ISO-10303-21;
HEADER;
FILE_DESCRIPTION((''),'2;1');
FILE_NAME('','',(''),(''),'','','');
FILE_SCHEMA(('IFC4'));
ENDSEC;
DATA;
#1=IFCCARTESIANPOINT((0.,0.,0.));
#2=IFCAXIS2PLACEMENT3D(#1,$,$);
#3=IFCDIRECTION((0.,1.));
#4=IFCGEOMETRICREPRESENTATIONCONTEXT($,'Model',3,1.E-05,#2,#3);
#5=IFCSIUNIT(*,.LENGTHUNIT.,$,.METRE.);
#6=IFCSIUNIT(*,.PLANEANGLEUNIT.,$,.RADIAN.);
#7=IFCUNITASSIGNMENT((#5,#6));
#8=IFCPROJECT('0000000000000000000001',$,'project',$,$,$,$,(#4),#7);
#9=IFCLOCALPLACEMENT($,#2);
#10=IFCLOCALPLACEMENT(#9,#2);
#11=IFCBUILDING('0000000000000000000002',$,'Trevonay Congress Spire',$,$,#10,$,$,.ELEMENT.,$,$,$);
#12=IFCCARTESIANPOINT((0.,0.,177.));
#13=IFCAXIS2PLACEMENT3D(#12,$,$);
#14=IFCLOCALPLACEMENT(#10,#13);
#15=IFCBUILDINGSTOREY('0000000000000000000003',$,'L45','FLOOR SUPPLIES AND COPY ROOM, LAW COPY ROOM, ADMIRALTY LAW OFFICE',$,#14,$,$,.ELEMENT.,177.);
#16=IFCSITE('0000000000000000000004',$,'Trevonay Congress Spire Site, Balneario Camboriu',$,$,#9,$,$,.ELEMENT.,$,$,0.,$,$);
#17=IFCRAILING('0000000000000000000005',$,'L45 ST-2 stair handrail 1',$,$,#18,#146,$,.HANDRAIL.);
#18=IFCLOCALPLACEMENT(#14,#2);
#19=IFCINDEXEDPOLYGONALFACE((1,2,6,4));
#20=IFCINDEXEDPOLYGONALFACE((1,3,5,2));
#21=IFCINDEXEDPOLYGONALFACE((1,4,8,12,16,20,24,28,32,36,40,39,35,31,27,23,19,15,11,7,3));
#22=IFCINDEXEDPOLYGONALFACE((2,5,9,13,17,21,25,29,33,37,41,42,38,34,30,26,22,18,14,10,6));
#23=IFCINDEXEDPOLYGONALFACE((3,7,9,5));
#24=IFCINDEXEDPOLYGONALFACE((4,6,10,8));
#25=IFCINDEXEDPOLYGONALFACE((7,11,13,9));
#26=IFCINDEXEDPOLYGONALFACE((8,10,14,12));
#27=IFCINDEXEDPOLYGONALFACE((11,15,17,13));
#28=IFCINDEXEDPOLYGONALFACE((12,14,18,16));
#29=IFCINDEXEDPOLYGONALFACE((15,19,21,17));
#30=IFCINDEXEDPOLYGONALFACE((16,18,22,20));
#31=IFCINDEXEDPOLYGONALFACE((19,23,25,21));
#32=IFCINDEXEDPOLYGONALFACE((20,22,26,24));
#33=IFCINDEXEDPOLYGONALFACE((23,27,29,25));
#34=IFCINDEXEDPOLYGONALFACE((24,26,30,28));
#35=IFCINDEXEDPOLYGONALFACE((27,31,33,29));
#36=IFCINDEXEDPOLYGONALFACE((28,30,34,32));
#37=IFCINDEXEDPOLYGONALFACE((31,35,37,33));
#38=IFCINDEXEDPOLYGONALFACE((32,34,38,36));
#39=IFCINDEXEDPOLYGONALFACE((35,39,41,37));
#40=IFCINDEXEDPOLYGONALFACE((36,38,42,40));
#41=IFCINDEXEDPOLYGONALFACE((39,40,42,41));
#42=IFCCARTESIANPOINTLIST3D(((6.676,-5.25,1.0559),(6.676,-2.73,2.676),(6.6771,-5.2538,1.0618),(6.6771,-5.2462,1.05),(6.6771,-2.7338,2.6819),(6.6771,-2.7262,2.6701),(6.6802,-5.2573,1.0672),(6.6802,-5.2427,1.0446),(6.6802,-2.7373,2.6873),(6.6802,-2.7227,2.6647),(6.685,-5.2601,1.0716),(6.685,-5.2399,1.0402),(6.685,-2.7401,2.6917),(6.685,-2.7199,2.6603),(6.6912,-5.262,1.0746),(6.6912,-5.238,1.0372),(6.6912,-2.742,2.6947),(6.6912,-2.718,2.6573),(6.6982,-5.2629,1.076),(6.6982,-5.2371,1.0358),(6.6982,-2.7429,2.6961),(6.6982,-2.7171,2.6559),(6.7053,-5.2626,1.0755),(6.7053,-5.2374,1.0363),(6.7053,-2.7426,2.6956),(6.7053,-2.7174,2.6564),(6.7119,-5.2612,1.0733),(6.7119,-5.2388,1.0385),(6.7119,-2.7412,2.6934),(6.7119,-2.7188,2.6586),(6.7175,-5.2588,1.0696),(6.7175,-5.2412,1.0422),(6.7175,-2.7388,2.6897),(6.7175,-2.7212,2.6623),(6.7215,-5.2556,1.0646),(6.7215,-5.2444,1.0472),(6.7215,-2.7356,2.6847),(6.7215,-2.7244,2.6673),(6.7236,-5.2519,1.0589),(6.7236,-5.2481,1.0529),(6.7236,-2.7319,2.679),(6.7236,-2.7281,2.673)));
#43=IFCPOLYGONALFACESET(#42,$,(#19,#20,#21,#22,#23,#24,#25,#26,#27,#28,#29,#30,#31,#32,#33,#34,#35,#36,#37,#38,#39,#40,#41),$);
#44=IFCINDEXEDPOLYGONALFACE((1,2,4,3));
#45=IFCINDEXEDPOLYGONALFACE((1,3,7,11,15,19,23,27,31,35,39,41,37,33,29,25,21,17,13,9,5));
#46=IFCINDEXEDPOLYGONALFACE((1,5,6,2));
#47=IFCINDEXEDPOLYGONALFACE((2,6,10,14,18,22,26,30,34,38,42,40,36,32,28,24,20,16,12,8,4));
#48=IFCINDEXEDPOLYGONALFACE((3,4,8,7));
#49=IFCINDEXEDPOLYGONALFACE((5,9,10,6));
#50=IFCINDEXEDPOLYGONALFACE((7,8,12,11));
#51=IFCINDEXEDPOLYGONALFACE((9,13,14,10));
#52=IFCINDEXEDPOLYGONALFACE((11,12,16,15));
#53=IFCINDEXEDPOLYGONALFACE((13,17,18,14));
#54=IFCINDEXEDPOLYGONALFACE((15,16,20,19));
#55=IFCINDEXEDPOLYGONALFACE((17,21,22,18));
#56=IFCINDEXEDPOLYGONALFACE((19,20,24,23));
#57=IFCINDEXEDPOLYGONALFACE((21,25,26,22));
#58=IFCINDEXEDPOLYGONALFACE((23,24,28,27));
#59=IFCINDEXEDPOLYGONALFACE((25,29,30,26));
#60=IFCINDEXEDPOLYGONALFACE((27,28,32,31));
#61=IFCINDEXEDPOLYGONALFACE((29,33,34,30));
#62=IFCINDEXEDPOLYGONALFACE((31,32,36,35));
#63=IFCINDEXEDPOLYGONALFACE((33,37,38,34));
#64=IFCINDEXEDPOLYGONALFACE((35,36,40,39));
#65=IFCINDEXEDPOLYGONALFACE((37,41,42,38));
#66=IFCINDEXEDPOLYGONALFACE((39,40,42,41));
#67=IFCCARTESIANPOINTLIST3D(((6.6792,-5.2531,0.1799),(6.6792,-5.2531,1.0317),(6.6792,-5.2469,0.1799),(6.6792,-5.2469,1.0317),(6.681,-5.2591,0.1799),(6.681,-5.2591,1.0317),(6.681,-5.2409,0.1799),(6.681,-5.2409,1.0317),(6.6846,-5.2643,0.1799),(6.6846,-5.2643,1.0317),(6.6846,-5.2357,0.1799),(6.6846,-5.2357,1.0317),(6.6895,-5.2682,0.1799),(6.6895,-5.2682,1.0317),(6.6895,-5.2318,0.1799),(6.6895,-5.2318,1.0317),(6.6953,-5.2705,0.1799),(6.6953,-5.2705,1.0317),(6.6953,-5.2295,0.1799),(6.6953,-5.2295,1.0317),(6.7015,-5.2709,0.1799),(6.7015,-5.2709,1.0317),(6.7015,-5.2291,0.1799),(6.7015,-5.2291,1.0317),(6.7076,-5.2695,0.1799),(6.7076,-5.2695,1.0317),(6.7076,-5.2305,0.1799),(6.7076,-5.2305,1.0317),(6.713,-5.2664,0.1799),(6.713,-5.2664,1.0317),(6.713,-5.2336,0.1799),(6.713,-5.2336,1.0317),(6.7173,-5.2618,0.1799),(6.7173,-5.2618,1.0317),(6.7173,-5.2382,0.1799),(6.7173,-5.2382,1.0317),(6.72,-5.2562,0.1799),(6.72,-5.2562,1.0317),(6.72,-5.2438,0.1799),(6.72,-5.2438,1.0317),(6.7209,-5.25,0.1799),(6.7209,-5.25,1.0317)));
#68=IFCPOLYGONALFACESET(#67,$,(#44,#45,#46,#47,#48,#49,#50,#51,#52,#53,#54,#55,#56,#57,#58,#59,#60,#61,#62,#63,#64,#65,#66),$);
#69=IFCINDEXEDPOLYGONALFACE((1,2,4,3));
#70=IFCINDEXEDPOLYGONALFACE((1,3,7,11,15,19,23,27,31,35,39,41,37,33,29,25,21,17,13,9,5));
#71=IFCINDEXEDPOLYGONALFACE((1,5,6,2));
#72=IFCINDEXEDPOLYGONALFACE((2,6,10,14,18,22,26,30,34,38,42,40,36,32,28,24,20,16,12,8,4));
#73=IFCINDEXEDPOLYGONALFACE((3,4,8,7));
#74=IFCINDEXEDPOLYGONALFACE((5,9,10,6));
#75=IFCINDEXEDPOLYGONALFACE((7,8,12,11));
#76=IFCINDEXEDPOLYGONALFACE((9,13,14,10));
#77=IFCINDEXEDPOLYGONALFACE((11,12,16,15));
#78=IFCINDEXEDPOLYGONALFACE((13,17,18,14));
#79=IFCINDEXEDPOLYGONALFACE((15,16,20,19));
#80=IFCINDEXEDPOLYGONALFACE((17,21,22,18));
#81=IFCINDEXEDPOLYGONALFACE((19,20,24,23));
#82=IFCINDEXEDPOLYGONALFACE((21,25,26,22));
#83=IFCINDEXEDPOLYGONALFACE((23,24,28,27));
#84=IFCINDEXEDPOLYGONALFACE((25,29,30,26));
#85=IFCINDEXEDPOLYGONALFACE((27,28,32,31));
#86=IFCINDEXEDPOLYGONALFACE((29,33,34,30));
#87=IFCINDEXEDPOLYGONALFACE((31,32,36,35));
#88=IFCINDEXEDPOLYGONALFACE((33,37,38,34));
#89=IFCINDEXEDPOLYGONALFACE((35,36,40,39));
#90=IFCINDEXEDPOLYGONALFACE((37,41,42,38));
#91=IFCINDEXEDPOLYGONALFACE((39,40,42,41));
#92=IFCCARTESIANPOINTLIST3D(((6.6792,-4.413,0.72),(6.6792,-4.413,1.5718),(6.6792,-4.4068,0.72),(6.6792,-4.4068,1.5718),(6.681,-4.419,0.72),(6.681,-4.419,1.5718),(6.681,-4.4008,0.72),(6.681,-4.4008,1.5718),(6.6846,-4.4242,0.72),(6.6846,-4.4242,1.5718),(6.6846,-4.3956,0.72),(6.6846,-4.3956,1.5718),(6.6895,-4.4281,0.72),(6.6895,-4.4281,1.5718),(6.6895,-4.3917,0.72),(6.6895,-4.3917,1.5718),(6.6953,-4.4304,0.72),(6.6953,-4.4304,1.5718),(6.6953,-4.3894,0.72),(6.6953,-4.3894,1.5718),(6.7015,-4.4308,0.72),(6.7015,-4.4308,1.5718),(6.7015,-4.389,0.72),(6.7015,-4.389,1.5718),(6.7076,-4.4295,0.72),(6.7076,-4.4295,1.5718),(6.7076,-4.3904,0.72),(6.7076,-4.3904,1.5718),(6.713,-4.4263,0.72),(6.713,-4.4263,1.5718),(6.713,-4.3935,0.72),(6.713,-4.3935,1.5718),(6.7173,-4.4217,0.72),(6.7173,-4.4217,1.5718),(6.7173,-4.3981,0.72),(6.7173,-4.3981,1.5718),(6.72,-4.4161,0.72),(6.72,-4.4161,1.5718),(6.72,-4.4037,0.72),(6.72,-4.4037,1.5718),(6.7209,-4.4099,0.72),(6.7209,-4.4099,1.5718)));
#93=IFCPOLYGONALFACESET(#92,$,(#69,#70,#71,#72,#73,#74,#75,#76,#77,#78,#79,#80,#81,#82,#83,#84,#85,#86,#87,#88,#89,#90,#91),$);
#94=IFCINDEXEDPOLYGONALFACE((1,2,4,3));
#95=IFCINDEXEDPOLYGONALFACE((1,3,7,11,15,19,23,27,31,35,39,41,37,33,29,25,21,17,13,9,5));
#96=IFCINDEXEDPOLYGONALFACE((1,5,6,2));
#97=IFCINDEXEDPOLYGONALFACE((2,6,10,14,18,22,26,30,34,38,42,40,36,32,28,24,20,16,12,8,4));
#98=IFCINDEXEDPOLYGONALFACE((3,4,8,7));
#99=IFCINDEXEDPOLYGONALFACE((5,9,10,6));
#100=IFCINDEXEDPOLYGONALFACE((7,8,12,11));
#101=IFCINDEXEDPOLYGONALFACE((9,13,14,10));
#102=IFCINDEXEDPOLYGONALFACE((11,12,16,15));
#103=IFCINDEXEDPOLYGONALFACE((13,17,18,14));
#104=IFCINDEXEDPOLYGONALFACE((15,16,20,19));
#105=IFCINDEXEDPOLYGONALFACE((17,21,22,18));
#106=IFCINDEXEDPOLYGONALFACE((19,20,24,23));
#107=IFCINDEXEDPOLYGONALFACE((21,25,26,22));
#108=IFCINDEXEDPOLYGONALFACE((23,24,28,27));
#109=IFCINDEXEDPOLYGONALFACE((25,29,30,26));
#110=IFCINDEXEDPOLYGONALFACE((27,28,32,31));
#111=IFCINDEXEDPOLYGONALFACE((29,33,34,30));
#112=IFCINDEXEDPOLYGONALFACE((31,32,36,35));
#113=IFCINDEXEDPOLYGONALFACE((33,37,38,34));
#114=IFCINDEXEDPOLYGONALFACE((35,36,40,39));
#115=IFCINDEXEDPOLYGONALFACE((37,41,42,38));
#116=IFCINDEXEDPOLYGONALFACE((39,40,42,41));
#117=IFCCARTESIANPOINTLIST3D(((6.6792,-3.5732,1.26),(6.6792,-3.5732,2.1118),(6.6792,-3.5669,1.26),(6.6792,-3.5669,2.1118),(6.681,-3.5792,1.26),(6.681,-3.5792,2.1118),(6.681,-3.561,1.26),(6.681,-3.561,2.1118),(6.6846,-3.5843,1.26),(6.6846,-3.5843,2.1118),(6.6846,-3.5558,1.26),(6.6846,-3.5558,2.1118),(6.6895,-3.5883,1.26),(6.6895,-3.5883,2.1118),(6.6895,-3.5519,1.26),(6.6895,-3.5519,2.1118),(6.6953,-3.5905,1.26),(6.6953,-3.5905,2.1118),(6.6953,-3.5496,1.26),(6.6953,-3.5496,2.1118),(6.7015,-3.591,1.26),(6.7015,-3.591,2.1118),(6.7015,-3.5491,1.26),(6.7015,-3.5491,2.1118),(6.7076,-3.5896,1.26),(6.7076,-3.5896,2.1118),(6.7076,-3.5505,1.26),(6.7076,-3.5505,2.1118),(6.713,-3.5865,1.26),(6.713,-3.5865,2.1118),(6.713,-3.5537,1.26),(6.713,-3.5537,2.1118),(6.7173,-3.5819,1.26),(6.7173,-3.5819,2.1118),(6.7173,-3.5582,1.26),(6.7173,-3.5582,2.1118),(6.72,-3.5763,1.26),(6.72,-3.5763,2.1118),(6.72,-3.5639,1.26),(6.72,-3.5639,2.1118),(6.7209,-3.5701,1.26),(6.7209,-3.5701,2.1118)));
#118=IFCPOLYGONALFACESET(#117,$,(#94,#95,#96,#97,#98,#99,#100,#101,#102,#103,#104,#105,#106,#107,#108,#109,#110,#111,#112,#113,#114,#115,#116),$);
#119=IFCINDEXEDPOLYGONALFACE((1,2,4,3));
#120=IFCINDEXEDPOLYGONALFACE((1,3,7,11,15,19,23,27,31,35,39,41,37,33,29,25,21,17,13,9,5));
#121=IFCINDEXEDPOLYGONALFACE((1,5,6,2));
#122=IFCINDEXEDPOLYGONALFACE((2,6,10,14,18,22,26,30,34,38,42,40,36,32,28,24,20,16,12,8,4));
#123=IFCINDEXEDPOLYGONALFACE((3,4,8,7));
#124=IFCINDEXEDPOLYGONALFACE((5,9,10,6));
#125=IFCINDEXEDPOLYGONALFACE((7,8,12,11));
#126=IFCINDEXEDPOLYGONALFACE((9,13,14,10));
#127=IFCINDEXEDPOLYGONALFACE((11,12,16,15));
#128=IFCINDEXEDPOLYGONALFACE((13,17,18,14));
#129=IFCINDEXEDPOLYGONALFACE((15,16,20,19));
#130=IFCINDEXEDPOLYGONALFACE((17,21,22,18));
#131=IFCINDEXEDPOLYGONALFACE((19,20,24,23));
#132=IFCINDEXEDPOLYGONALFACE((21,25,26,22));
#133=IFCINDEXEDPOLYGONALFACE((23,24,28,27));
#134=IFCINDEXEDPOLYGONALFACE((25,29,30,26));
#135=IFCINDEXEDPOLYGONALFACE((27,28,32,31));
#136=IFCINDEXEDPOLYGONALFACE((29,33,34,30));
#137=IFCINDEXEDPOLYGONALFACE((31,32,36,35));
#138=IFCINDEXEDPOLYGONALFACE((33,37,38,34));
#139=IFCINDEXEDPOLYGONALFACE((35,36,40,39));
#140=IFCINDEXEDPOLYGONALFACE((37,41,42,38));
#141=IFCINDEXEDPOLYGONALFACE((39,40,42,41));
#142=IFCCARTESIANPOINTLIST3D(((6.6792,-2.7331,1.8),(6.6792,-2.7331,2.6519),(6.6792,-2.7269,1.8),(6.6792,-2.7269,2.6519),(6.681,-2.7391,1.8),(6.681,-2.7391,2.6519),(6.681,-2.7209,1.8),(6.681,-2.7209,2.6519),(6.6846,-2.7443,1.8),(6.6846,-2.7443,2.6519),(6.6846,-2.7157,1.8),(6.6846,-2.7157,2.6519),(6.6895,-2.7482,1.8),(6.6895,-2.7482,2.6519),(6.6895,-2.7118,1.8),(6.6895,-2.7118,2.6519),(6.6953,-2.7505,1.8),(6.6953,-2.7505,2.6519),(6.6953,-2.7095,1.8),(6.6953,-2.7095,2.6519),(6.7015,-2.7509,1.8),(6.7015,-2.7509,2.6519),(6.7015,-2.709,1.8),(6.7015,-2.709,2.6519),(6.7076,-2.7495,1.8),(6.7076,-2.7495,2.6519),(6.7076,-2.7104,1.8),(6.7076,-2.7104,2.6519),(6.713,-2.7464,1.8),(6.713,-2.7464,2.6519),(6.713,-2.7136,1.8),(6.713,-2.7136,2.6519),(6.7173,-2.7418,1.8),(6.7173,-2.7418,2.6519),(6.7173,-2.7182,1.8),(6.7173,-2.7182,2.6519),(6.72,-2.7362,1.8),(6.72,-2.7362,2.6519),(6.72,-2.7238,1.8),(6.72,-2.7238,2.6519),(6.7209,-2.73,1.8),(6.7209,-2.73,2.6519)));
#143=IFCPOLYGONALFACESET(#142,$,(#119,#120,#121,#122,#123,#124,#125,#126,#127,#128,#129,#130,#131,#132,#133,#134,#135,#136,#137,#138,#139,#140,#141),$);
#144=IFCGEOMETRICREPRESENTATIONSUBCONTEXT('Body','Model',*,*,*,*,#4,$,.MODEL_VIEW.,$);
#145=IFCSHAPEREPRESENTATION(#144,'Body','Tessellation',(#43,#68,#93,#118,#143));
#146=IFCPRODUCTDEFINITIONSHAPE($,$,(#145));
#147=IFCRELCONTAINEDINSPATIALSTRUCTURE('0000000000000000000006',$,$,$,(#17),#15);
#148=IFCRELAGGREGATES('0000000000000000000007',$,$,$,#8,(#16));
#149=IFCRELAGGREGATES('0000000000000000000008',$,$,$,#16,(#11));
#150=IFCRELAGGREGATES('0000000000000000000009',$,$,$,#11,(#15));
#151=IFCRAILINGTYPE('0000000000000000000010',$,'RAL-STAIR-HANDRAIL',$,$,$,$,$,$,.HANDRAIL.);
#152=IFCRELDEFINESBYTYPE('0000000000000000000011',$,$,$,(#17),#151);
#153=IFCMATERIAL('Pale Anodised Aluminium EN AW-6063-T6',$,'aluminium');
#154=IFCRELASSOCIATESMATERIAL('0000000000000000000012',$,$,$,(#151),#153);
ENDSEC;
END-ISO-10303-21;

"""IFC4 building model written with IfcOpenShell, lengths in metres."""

from ifc_helpers import new_model, si_unit, direction, frame, origin, origin_2d, place, context, subcontext, project, spatial, circle, extrude, material, type_object, element, save


model = new_model("IFC4")

# Units and contexts
model_context = context("Model", 3, precision=1e-05, world=origin(), true_north=direction((0.0, 1.0)))
body_context = subcontext(model_context, "Body", "Model", "MODEL_VIEW")
ifc_project = project(units=[si_unit("LENGTHUNIT", "METRE"), si_unit("PLANEANGLEUNIT", "RADIAN")], contexts=[model_context])

# Site, building, storey
site_placement = place(None, origin())
site = spatial("IfcSite", under=ifc_project, at=site_placement, Name="Trevonay Congress Spire Site, Balneario Camboriu", CompositionType="ELEMENT", RefElevation=0.0)
building_placement = place(site_placement, origin())
building = spatial("IfcBuilding", under=site, at=building_placement, Name="Trevonay Congress Spire", CompositionType="ELEMENT")
storey_placement = place(building_placement, frame((0.0, 0.0, 177.0)))
storey = spatial("IfcBuildingStorey", under=building, at=storey_placement, Name="L45", Description="FLOOR SUPPLIES AND COPY ROOM, LAW COPY ROOM, ADMIRALTY LAW OFFICE", CompositionType="ELEMENT", Elevation=177.0)

# Shared definitions
ifc_material_1 = material(Name="Pale Anodised Aluminium EN AW-6063-T6", Category="aluminium")

# Railing
railing_type_1 = type_object("IfcRailingType", Name="RAL-STAIR-HANDRAIL", PredefinedType="HANDRAIL", material=ifc_material_1)
railing_1_placement = place(storey_placement, frame((6.7, -5.25, 0.1799)))
element("IfcRailing", 1, at=railing_1_placement, inside=storey, type_object=railing_type_1, Name="L45 ST-2 stair handrail 1", PredefinedType="HANDRAIL", context=body_context, shape_type="SweptSolid", body=[
    extrude(circle(Radius=0.0239, at=origin_2d()), frame((0.0, 0.0, 0.876), z_axis=(0.0, 0.841163, 0.540782), x_axis=(-1.0, 0.0, 0.0)), (0.0, 0.0, 1.0), 2.9958),
    extrude(circle(Radius=0.021, at=origin_2d()), origin(), (0.0, 0.0, 1.0), 0.8518),
    extrude(circle(Radius=0.021, at=origin_2d()), frame((0.0, 0.8401, 0.54)), (0.0, 0.0, 1.0), 0.8518),
    extrude(circle(Radius=0.021, at=origin_2d()), frame((0.0, 1.6799, 1.0801)), (0.0, 0.0, 1.0), 0.8518),
    extrude(circle(Radius=0.021, at=origin_2d()), frame((0.0, 2.52, 1.6201)), (0.0, 0.0, 1.0), 0.8518),
])

save(model, "model.ifc")
